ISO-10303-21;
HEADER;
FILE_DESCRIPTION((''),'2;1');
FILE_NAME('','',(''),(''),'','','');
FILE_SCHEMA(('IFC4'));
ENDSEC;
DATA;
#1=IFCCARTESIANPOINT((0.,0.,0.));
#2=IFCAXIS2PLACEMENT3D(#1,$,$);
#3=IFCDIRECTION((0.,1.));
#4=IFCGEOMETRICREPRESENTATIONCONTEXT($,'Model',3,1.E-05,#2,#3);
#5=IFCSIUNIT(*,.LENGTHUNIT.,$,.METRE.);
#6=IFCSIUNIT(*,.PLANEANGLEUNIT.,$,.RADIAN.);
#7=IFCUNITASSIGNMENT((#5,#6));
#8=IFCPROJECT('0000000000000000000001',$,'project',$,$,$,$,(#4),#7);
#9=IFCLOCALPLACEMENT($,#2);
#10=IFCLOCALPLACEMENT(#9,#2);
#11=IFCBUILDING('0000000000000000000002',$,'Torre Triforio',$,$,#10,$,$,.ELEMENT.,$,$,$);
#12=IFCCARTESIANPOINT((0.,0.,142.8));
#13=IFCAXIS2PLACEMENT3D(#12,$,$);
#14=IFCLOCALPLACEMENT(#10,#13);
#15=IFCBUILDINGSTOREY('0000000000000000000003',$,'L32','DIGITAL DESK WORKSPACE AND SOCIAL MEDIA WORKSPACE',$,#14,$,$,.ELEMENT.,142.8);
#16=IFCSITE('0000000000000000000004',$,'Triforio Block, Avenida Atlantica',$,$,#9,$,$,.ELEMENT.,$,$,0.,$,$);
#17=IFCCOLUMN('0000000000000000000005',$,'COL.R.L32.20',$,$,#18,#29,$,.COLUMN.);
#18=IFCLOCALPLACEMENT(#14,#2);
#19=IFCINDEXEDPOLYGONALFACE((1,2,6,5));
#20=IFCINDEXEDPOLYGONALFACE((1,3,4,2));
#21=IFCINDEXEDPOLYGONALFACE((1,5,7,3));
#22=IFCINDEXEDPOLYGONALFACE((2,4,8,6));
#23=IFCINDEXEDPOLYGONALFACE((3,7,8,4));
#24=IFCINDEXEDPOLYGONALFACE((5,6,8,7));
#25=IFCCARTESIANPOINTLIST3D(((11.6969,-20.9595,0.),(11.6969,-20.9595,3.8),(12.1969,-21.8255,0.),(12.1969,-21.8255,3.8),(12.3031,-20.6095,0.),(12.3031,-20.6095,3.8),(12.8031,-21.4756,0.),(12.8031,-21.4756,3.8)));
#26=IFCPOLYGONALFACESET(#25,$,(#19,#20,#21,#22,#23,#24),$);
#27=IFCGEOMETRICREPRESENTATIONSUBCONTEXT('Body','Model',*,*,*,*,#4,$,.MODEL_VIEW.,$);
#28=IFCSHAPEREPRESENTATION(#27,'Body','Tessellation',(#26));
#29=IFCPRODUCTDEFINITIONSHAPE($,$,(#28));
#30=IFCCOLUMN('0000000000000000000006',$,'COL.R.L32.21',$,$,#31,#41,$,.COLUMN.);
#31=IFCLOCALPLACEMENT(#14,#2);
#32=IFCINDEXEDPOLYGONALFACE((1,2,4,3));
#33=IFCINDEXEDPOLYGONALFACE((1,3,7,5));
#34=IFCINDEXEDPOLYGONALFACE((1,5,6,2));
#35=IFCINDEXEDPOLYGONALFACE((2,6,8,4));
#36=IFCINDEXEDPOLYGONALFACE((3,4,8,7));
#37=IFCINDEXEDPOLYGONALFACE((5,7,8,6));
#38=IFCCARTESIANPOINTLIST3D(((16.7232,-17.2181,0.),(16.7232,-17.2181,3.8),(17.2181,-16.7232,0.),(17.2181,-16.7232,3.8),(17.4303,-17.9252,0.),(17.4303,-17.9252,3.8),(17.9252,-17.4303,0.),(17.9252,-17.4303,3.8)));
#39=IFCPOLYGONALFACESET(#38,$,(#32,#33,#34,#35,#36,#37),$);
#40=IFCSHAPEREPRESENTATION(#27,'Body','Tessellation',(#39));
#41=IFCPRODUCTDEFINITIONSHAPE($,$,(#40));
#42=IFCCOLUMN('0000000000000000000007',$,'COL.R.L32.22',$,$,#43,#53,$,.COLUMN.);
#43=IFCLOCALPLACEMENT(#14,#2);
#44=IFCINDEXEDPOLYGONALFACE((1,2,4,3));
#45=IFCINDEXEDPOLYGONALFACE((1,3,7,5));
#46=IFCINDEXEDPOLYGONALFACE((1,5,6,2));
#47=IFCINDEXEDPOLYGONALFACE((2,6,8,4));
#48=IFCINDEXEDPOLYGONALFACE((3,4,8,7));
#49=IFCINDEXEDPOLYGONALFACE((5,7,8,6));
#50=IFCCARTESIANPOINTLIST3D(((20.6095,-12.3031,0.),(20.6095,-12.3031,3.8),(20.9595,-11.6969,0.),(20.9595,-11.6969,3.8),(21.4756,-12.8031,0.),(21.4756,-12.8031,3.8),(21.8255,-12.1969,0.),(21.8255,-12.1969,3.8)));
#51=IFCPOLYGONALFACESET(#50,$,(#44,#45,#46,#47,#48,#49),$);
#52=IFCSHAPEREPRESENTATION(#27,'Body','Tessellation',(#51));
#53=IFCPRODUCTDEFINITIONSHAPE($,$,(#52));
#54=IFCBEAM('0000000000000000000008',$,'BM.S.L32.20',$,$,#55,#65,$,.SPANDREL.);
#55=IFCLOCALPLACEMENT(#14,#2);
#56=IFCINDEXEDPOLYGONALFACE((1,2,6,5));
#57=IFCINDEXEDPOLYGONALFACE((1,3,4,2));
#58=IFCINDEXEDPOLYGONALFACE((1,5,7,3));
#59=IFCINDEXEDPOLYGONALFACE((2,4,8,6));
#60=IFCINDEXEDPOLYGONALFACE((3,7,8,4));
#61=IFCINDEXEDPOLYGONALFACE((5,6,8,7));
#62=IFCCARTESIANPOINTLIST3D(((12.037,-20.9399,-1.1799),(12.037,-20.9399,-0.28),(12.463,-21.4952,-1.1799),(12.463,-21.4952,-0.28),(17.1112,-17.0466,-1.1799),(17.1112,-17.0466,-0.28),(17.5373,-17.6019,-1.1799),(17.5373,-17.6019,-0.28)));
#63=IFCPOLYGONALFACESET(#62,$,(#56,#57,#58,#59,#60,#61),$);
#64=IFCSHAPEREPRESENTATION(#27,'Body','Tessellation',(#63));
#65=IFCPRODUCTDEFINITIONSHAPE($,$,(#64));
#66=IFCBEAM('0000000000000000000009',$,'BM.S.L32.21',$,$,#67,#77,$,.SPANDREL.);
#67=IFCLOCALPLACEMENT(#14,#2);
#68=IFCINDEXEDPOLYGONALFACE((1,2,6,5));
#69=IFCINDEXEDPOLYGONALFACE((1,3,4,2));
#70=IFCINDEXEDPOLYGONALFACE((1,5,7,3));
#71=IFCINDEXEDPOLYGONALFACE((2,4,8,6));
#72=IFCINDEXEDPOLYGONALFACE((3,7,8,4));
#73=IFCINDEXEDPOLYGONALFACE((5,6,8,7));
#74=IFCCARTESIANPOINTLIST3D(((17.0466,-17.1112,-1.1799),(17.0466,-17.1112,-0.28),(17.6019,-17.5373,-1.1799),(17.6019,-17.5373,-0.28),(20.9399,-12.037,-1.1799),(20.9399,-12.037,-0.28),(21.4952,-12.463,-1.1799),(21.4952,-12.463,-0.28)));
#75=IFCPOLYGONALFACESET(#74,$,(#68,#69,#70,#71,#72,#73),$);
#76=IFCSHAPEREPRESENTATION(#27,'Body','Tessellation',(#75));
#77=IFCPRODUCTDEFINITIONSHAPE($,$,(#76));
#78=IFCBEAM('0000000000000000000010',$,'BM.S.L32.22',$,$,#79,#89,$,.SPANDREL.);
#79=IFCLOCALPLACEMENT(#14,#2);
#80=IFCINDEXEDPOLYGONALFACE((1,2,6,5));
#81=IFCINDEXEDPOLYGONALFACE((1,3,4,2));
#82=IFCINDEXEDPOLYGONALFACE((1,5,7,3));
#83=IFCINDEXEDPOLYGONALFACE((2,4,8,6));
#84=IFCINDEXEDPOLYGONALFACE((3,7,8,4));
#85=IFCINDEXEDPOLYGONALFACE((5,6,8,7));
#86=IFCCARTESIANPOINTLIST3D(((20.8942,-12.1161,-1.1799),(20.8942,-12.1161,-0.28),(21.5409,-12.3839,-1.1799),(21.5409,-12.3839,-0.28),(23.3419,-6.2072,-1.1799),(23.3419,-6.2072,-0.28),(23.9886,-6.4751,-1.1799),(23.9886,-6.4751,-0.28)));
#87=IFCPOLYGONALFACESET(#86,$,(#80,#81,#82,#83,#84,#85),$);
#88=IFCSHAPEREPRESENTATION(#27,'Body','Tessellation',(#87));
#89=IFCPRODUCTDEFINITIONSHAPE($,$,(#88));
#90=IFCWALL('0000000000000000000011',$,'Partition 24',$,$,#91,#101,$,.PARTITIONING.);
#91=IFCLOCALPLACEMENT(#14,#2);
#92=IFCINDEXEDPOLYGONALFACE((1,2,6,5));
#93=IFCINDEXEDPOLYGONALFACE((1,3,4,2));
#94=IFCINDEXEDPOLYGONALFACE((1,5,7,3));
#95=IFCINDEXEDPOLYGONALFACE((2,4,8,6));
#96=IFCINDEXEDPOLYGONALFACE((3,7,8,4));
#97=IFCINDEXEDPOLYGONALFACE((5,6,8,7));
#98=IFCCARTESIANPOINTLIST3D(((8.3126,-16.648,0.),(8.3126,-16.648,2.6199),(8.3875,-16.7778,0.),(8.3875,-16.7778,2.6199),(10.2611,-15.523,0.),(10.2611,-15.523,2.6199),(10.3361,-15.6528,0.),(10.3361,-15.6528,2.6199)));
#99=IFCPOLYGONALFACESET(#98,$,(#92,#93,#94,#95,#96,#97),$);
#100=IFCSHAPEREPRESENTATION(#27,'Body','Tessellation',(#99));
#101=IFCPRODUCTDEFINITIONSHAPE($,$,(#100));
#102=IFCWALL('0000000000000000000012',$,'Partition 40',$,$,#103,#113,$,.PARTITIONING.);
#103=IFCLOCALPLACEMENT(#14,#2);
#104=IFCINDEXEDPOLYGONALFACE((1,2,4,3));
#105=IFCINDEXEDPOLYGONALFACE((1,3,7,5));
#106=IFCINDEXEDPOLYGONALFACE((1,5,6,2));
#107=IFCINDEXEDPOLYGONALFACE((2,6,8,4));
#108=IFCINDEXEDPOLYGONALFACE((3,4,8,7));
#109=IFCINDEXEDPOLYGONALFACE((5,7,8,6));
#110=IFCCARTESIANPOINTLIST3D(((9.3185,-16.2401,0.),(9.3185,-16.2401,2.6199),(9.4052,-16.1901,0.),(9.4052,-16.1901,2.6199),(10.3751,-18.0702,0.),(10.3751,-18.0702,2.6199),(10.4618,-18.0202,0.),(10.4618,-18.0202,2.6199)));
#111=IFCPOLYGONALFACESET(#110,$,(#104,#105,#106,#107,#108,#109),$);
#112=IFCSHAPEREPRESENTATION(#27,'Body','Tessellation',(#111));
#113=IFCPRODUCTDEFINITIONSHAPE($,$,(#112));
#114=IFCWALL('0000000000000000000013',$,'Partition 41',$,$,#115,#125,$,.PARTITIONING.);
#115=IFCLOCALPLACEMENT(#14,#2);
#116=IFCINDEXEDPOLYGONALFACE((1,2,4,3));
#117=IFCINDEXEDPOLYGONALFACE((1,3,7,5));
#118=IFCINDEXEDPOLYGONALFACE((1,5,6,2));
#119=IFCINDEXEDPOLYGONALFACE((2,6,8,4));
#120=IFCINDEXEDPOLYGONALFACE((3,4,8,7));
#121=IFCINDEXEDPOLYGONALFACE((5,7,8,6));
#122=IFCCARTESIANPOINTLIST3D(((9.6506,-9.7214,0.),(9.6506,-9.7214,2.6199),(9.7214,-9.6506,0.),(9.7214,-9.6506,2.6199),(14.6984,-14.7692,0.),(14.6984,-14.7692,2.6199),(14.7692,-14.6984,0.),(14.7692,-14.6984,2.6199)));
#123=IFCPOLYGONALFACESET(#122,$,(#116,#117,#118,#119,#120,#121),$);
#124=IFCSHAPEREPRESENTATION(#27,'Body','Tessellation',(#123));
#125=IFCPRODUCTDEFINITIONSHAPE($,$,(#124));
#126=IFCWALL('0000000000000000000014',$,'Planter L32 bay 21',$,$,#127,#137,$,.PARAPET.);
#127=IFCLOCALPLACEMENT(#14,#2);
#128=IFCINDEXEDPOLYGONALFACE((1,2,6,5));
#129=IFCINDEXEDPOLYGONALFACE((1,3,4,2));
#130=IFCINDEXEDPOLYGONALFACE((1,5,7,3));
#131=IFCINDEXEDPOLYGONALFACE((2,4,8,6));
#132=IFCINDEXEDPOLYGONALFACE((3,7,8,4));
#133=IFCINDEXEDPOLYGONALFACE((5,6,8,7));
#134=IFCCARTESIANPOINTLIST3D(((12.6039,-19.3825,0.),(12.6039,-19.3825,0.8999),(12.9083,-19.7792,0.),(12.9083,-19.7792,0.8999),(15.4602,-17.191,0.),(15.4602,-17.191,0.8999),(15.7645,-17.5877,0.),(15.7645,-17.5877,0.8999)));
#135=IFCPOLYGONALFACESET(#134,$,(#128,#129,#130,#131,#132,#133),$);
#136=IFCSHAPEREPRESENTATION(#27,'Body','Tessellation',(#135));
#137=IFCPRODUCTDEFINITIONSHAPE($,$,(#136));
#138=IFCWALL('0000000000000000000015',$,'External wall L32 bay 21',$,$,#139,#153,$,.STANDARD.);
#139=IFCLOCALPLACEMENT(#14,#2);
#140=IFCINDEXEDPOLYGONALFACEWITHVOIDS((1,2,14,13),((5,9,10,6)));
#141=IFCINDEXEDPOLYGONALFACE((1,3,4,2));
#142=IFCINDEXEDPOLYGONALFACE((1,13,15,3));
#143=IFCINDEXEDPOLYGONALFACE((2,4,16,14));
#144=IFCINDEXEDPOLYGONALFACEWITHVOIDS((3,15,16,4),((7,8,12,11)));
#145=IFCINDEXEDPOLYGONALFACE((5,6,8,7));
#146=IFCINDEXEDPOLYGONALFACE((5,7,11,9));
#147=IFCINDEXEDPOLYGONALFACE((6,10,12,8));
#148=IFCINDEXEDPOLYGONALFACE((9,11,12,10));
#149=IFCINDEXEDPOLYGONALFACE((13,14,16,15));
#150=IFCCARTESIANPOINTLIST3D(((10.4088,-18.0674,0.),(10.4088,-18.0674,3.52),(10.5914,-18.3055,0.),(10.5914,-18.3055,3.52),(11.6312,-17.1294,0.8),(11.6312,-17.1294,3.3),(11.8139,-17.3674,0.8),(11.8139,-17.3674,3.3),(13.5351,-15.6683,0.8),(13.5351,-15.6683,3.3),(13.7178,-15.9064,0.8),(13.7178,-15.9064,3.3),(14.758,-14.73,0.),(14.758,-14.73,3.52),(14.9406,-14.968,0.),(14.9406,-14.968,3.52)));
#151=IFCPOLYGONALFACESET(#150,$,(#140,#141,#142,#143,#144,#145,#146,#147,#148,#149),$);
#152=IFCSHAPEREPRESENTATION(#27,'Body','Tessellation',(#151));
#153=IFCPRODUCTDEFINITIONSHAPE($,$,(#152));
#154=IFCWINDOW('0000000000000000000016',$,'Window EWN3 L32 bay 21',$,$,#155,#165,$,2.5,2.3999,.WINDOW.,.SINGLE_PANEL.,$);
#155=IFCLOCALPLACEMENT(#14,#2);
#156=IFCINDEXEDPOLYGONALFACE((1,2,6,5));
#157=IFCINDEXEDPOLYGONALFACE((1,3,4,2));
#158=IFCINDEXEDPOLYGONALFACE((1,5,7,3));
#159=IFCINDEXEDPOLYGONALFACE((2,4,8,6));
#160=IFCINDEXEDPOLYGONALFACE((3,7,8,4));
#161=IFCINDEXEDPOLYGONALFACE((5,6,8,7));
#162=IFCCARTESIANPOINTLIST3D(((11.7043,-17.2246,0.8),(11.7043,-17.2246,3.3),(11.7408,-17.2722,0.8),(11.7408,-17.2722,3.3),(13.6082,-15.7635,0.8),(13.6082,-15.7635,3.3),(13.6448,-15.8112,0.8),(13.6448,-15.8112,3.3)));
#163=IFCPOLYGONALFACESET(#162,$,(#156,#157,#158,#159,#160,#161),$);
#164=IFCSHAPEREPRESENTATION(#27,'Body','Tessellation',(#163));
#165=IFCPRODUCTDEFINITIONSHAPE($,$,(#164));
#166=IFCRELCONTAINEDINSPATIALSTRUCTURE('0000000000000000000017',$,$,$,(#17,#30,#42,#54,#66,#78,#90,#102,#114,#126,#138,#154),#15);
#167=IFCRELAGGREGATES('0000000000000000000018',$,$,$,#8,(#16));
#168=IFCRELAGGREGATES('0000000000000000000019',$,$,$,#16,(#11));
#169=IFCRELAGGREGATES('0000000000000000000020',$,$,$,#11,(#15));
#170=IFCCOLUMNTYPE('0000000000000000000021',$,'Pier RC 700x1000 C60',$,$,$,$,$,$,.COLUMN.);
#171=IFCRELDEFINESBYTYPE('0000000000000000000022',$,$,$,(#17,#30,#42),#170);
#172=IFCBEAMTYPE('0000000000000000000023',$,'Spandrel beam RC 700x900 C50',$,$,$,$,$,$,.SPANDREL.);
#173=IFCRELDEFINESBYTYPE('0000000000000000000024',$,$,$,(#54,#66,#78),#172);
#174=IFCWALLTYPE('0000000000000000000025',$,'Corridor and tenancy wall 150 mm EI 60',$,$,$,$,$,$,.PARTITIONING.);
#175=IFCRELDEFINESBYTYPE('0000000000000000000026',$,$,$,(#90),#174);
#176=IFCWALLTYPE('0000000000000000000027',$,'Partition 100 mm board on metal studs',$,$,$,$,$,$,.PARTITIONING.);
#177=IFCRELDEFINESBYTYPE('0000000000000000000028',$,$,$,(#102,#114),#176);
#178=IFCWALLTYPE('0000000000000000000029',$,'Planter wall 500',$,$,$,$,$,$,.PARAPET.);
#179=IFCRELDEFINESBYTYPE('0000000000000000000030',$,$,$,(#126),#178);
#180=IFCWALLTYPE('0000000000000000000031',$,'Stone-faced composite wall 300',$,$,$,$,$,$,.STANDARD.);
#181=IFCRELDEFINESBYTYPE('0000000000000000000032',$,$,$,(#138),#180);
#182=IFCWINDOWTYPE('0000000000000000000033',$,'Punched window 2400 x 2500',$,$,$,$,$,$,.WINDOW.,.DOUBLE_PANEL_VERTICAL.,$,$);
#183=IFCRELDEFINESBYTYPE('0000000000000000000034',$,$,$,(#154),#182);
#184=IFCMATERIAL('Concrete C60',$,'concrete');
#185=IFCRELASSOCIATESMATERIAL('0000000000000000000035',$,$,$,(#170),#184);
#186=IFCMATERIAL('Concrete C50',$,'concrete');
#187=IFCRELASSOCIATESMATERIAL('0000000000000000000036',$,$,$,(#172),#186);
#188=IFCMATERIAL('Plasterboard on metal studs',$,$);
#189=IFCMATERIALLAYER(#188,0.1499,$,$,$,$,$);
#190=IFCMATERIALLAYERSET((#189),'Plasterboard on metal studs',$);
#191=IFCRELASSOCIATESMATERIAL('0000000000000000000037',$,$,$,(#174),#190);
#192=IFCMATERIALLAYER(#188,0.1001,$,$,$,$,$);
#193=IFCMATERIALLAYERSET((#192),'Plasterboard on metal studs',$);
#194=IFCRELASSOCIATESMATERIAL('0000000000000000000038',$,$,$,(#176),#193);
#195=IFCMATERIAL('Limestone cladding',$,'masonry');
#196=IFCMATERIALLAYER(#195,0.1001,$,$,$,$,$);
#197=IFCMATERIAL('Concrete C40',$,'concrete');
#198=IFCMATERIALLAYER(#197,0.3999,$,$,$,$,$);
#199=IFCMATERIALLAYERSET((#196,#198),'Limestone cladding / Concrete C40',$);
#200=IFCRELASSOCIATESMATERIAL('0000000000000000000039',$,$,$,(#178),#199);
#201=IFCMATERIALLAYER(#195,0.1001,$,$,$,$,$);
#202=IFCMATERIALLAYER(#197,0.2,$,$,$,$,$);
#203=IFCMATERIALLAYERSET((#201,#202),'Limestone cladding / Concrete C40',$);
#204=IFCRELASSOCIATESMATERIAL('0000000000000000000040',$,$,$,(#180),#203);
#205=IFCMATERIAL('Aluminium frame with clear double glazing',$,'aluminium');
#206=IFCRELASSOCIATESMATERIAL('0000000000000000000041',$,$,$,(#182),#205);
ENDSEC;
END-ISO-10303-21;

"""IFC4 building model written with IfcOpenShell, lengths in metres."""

from ifc_helpers import new_model, si_unit, direction, frame, frame_2d, origin, origin_2d, place, context, subcontext, project, spatial, rectangle, extrude, material, layer, layer_set, material_profile, profile_set, type_object, element, fill, save


model = new_model("IFC4")

# Units and contexts
model_context = context("Model", 3, precision=1e-05, world=origin(), true_north=direction((0.0, 1.0)))
body_context = subcontext(model_context, "Body", "Model", "MODEL_VIEW")
ifc_project = project(units=[si_unit("LENGTHUNIT", "METRE"), si_unit("PLANEANGLEUNIT", "RADIAN")], contexts=[model_context])

# Site, building, storey
site_placement = place(None, origin())
site = spatial("IfcSite", under=ifc_project, at=site_placement, Name="Triforio Block, Avenida Atlantica", CompositionType="ELEMENT", RefElevation=0.0)
building_placement = place(site_placement, origin())
building = spatial("IfcBuilding", under=site, at=building_placement, Name="Torre Triforio", CompositionType="ELEMENT")
storey_placement = place(building_placement, frame((0.0, 0.0, 142.8)))
storey = spatial("IfcBuildingStorey", under=building, at=storey_placement, Name="L32", Description="DIGITAL DESK WORKSPACE AND SOCIAL MEDIA WORKSPACE", CompositionType="ELEMENT", Elevation=142.8)

# Columns
ifc_material_1 = material(Name="Concrete C60", Category="concrete")
ifc_material_profile_1 = material_profile(ifc_material_1, rectangle(XDim=0.7, YDim=1.0, at=origin_2d()), Name="RC 700x1000")
ifc_profile_set_1 = profile_set([ifc_material_profile_1], Name="Concrete C60")
column_type = type_object("IfcColumnType", Name="Pier RC 700x1000 C60", PredefinedType="COLUMN", material=ifc_profile_set_1)
for number, where, z_axis, x_axis, name in (
    (1, (12.25, -21.2175, 0.0), (0.0, 0.0, 1.0), (0.866025, 0.5, 0.0), "COL.R.L32.20"),
    (2, (17.3242, -17.3242, 0.0), (0.0, 0.0, 1.0), (0.707107, 0.707107, 0.0), "COL.R.L32.21"),
    (3, (21.2175, -12.25, 0.0), (0.0, 0.0, 1.0), (0.5, 0.866025, 0.0), "COL.R.L32.22"),
):
    element("IfcColumn", number, at=place(storey_placement, frame(where, z_axis=z_axis, x_axis=x_axis)), inside=storey, type_object=column_type, Name=name, PredefinedType="COLUMN", context=body_context, shape_type="SweptSolid", body=[
        extrude(rectangle(XDim=0.7, YDim=1.0, at=origin_2d()), origin(), (0.0, 0.0, 1.0), 3.8),
    ])

# Beams
ifc_material_2 = material(Name="Concrete C50", Category="concrete")
ifc_material_profile_2 = material_profile(ifc_material_2, rectangle(XDim=0.7, YDim=0.8999, at=origin_2d()), Name="RC 700x900")
ifc_profile_set_2 = profile_set([ifc_material_profile_2], Name="Concrete C50")
beam_type = type_object("IfcBeamType", Name="Spandrel beam RC 700x900 C50", PredefinedType="SPANDREL", material=ifc_profile_set_2)
for number, where, z_axis, x_axis, name in (
    (4, (12.25, -21.2175, -0.73), (0.793374, 0.608734, 0.0), (-0.608734, 0.793374, 0.0), "BM.S.L32.20"),
    (5, (17.3242, -17.3242, -0.73), (0.608734, 0.793374, 0.0), (-0.793374, 0.608734, 0.0), "BM.S.L32.21"),
    (6, (21.2175, -12.25, -0.73), (0.382709, 0.923869, 0.0), (-0.923869, 0.382709, 0.0), "BM.S.L32.22"),
):
    element("IfcBeam", number, at=place(storey_placement, frame(where, z_axis=z_axis, x_axis=x_axis)), inside=storey, type_object=beam_type, Name=name, PredefinedType="SPANDREL", context=body_context, shape_type="SweptSolid", body=[
        extrude(rectangle(XDim=0.7, YDim=0.8999, at=origin_2d()), origin(), (0.0, 0.0, 1.0), 6.3958),
    ])

# Walls
ifc_material_3 = material(Name="Plasterboard on metal studs")
ifc_layer_1 = layer(ifc_material_3, 0.1499)
ifc_layer_set_1 = layer_set([ifc_layer_1], Name="Plasterboard on metal studs")
wall_type_1 = type_object("IfcWallType", Name="Corridor and tenancy wall 150 mm EI 60", PredefinedType="PARTITIONING", material=ifc_layer_set_1)
wall_1_placement = place(storey_placement, frame((10.2986, -15.5879, 0.0), z_axis=(0.0, 0.0, 1.0), x_axis=(-0.866018, -0.500014, 0.0)))
element("IfcWall", 7, at=wall_1_placement, inside=storey, type_object=wall_type_1, Name="Partition 24", PredefinedType="PARTITIONING", context=body_context, shape_type="SweptSolid", body=[
    extrude(rectangle(XDim=2.25, YDim=0.1499, at=frame_2d((1.125, 0.0))), origin(), (0.0, 0.0, 1.0), 2.6199),
])
ifc_layer_2 = layer(ifc_material_3, 0.1001)
ifc_layer_set_2 = layer_set([ifc_layer_2], Name="Plasterboard on metal studs")
wall_type_2 = type_object("IfcWallType", Name="Partition 100 mm board on metal studs", PredefinedType="PARTITIONING", material=ifc_layer_set_2)
wall_2_placement = place(storey_placement, frame((9.3618, -16.2151, 0.0), z_axis=(0.0, 0.0, 1.0), x_axis=(0.500016, -0.866016, 0.0)))
element("IfcWall", 8, at=wall_2_placement, inside=storey, type_object=wall_type_2, Name="Partition 40", PredefinedType="PARTITIONING", context=body_context, shape_type="SweptSolid", body=[
    extrude(rectangle(XDim=2.1133, YDim=0.1001, at=frame_2d((1.0566, 0.0))), origin(), (0.0, 0.0, 1.0), 2.6199),
])
wall_3_placement = place(storey_placement, frame((9.686, -9.686, 0.0), z_axis=(0.0, 0.0, 1.0), x_axis=(0.707107, -0.707107, 0.0)))
element("IfcWall", 9, at=wall_3_placement, inside=storey, type_object=wall_type_2, Name="Partition 41", PredefinedType="PARTITIONING", context=body_context, shape_type="SweptSolid", body=[
    extrude(rectangle(XDim=7.1387, YDim=0.1001, at=frame_2d((3.5693, 0.0))), origin(), (0.0, 0.0, 1.0), 2.6199),
])
ifc_material_4 = material(Name="Limestone cladding", Category="masonry")
ifc_layer_3 = layer(ifc_material_4, 0.1001)
ifc_material_5 = material(Name="Concrete C40", Category="concrete")
ifc_layer_4 = layer(ifc_material_5, 0.3999)
ifc_layer_set_3 = layer_set([ifc_layer_3, ifc_layer_4], Name="Limestone cladding / Concrete C40")
wall_type_3 = type_object("IfcWallType", Name="Planter wall 500", PredefinedType="PARAPET", material=ifc_layer_set_3)
wall_4_placement = place(storey_placement, frame((12.7561, -19.5808, 0.0), z_axis=(0.0, 0.0, 1.0), x_axis=(0.793385, 0.608721, 0.0)))
element("IfcWall", 10, at=wall_4_placement, inside=storey, type_object=wall_type_3, Name="Planter L32 bay 21", PredefinedType="PARAPET", context=body_context, shape_type="SweptSolid", body=[
    extrude(rectangle(XDim=3.6001, YDim=0.5, at=frame_2d((1.8, 0.0))), origin(), (0.0, 0.0, 1.0), 0.8999),
])

# Wall, opening, window
ifc_layer_5 = layer(ifc_material_4, 0.1001)
ifc_layer_6 = layer(ifc_material_5, 0.2)
ifc_layer_set_4 = layer_set([ifc_layer_5, ifc_layer_6], Name="Limestone cladding / Concrete C40")
wall_type_4 = type_object("IfcWallType", Name="Stone-faced composite wall 300", PredefinedType="STANDARD", material=ifc_layer_set_4)
wall_5_placement = place(storey_placement, frame((10.5, -18.1865, 0.0), z_axis=(0.0, 0.0, 1.0), x_axis=(0.793335, 0.608785, 0.0)))
wall_5 = element("IfcWall", 11, at=wall_5_placement, inside=storey, type_object=wall_type_4, Name="External wall L32 bay 21", PredefinedType="STANDARD", context=body_context, shape_type="SweptSolid", body=[
    extrude(rectangle(XDim=5.4822, YDim=0.3, at=frame_2d((2.7412, 0.0))), origin(), (0.0, 0.0, 1.0), 3.52),
])
opening_1_placement = place(wall_5_placement, frame((1.541, 0.0, 0.8)))
opening_1 = element("IfcOpeningElement", 12, at=opening_1_placement, cuts=wall_5, PredefinedType="OPENING", context=body_context, shape_type="SweptSolid", body=[
    extrude(rectangle(XDim=2.3999, YDim=2.5, at=frame_2d((1.2, 1.25))), frame((0.0, 0.1599, 0.0), z_axis=(0.0, -1.0, 0.0), x_axis=(1.0, 0.0, 0.0)), (0.0, 0.0, 1.0), 0.3201),
])
ifc_material_6 = material(Name="Aluminium frame with clear double glazing", Category="aluminium")
window_type_1 = type_object("IfcWindowType", Name="Punched window 2400 x 2500", PartitioningType="DOUBLE_PANEL_VERTICAL", PredefinedType="WINDOW", material=ifc_material_6)
window_1_placement = place(opening_1_placement, origin())
window_1 = element("IfcWindow", 13, at=window_1_placement, inside=storey, type_object=window_type_1, Name="Window EWN3 L32 bay 21", OverallHeight=2.5, OverallWidth=2.3999, PartitioningType="SINGLE_PANEL", PredefinedType="WINDOW", context=body_context, shape_type="SweptSolid", body=[
    extrude(rectangle(XDim=2.3999, YDim=2.5, at=frame_2d((1.2, 1.25))), frame((0.0, 0.03, 0.0), z_axis=(0.0, -1.0, 0.0), x_axis=(1.0, 0.0, 0.0)), (0.0, 0.0, 1.0), 0.0601),
])
fill(opening_1, window_1)

save(model, "model.ifc")
